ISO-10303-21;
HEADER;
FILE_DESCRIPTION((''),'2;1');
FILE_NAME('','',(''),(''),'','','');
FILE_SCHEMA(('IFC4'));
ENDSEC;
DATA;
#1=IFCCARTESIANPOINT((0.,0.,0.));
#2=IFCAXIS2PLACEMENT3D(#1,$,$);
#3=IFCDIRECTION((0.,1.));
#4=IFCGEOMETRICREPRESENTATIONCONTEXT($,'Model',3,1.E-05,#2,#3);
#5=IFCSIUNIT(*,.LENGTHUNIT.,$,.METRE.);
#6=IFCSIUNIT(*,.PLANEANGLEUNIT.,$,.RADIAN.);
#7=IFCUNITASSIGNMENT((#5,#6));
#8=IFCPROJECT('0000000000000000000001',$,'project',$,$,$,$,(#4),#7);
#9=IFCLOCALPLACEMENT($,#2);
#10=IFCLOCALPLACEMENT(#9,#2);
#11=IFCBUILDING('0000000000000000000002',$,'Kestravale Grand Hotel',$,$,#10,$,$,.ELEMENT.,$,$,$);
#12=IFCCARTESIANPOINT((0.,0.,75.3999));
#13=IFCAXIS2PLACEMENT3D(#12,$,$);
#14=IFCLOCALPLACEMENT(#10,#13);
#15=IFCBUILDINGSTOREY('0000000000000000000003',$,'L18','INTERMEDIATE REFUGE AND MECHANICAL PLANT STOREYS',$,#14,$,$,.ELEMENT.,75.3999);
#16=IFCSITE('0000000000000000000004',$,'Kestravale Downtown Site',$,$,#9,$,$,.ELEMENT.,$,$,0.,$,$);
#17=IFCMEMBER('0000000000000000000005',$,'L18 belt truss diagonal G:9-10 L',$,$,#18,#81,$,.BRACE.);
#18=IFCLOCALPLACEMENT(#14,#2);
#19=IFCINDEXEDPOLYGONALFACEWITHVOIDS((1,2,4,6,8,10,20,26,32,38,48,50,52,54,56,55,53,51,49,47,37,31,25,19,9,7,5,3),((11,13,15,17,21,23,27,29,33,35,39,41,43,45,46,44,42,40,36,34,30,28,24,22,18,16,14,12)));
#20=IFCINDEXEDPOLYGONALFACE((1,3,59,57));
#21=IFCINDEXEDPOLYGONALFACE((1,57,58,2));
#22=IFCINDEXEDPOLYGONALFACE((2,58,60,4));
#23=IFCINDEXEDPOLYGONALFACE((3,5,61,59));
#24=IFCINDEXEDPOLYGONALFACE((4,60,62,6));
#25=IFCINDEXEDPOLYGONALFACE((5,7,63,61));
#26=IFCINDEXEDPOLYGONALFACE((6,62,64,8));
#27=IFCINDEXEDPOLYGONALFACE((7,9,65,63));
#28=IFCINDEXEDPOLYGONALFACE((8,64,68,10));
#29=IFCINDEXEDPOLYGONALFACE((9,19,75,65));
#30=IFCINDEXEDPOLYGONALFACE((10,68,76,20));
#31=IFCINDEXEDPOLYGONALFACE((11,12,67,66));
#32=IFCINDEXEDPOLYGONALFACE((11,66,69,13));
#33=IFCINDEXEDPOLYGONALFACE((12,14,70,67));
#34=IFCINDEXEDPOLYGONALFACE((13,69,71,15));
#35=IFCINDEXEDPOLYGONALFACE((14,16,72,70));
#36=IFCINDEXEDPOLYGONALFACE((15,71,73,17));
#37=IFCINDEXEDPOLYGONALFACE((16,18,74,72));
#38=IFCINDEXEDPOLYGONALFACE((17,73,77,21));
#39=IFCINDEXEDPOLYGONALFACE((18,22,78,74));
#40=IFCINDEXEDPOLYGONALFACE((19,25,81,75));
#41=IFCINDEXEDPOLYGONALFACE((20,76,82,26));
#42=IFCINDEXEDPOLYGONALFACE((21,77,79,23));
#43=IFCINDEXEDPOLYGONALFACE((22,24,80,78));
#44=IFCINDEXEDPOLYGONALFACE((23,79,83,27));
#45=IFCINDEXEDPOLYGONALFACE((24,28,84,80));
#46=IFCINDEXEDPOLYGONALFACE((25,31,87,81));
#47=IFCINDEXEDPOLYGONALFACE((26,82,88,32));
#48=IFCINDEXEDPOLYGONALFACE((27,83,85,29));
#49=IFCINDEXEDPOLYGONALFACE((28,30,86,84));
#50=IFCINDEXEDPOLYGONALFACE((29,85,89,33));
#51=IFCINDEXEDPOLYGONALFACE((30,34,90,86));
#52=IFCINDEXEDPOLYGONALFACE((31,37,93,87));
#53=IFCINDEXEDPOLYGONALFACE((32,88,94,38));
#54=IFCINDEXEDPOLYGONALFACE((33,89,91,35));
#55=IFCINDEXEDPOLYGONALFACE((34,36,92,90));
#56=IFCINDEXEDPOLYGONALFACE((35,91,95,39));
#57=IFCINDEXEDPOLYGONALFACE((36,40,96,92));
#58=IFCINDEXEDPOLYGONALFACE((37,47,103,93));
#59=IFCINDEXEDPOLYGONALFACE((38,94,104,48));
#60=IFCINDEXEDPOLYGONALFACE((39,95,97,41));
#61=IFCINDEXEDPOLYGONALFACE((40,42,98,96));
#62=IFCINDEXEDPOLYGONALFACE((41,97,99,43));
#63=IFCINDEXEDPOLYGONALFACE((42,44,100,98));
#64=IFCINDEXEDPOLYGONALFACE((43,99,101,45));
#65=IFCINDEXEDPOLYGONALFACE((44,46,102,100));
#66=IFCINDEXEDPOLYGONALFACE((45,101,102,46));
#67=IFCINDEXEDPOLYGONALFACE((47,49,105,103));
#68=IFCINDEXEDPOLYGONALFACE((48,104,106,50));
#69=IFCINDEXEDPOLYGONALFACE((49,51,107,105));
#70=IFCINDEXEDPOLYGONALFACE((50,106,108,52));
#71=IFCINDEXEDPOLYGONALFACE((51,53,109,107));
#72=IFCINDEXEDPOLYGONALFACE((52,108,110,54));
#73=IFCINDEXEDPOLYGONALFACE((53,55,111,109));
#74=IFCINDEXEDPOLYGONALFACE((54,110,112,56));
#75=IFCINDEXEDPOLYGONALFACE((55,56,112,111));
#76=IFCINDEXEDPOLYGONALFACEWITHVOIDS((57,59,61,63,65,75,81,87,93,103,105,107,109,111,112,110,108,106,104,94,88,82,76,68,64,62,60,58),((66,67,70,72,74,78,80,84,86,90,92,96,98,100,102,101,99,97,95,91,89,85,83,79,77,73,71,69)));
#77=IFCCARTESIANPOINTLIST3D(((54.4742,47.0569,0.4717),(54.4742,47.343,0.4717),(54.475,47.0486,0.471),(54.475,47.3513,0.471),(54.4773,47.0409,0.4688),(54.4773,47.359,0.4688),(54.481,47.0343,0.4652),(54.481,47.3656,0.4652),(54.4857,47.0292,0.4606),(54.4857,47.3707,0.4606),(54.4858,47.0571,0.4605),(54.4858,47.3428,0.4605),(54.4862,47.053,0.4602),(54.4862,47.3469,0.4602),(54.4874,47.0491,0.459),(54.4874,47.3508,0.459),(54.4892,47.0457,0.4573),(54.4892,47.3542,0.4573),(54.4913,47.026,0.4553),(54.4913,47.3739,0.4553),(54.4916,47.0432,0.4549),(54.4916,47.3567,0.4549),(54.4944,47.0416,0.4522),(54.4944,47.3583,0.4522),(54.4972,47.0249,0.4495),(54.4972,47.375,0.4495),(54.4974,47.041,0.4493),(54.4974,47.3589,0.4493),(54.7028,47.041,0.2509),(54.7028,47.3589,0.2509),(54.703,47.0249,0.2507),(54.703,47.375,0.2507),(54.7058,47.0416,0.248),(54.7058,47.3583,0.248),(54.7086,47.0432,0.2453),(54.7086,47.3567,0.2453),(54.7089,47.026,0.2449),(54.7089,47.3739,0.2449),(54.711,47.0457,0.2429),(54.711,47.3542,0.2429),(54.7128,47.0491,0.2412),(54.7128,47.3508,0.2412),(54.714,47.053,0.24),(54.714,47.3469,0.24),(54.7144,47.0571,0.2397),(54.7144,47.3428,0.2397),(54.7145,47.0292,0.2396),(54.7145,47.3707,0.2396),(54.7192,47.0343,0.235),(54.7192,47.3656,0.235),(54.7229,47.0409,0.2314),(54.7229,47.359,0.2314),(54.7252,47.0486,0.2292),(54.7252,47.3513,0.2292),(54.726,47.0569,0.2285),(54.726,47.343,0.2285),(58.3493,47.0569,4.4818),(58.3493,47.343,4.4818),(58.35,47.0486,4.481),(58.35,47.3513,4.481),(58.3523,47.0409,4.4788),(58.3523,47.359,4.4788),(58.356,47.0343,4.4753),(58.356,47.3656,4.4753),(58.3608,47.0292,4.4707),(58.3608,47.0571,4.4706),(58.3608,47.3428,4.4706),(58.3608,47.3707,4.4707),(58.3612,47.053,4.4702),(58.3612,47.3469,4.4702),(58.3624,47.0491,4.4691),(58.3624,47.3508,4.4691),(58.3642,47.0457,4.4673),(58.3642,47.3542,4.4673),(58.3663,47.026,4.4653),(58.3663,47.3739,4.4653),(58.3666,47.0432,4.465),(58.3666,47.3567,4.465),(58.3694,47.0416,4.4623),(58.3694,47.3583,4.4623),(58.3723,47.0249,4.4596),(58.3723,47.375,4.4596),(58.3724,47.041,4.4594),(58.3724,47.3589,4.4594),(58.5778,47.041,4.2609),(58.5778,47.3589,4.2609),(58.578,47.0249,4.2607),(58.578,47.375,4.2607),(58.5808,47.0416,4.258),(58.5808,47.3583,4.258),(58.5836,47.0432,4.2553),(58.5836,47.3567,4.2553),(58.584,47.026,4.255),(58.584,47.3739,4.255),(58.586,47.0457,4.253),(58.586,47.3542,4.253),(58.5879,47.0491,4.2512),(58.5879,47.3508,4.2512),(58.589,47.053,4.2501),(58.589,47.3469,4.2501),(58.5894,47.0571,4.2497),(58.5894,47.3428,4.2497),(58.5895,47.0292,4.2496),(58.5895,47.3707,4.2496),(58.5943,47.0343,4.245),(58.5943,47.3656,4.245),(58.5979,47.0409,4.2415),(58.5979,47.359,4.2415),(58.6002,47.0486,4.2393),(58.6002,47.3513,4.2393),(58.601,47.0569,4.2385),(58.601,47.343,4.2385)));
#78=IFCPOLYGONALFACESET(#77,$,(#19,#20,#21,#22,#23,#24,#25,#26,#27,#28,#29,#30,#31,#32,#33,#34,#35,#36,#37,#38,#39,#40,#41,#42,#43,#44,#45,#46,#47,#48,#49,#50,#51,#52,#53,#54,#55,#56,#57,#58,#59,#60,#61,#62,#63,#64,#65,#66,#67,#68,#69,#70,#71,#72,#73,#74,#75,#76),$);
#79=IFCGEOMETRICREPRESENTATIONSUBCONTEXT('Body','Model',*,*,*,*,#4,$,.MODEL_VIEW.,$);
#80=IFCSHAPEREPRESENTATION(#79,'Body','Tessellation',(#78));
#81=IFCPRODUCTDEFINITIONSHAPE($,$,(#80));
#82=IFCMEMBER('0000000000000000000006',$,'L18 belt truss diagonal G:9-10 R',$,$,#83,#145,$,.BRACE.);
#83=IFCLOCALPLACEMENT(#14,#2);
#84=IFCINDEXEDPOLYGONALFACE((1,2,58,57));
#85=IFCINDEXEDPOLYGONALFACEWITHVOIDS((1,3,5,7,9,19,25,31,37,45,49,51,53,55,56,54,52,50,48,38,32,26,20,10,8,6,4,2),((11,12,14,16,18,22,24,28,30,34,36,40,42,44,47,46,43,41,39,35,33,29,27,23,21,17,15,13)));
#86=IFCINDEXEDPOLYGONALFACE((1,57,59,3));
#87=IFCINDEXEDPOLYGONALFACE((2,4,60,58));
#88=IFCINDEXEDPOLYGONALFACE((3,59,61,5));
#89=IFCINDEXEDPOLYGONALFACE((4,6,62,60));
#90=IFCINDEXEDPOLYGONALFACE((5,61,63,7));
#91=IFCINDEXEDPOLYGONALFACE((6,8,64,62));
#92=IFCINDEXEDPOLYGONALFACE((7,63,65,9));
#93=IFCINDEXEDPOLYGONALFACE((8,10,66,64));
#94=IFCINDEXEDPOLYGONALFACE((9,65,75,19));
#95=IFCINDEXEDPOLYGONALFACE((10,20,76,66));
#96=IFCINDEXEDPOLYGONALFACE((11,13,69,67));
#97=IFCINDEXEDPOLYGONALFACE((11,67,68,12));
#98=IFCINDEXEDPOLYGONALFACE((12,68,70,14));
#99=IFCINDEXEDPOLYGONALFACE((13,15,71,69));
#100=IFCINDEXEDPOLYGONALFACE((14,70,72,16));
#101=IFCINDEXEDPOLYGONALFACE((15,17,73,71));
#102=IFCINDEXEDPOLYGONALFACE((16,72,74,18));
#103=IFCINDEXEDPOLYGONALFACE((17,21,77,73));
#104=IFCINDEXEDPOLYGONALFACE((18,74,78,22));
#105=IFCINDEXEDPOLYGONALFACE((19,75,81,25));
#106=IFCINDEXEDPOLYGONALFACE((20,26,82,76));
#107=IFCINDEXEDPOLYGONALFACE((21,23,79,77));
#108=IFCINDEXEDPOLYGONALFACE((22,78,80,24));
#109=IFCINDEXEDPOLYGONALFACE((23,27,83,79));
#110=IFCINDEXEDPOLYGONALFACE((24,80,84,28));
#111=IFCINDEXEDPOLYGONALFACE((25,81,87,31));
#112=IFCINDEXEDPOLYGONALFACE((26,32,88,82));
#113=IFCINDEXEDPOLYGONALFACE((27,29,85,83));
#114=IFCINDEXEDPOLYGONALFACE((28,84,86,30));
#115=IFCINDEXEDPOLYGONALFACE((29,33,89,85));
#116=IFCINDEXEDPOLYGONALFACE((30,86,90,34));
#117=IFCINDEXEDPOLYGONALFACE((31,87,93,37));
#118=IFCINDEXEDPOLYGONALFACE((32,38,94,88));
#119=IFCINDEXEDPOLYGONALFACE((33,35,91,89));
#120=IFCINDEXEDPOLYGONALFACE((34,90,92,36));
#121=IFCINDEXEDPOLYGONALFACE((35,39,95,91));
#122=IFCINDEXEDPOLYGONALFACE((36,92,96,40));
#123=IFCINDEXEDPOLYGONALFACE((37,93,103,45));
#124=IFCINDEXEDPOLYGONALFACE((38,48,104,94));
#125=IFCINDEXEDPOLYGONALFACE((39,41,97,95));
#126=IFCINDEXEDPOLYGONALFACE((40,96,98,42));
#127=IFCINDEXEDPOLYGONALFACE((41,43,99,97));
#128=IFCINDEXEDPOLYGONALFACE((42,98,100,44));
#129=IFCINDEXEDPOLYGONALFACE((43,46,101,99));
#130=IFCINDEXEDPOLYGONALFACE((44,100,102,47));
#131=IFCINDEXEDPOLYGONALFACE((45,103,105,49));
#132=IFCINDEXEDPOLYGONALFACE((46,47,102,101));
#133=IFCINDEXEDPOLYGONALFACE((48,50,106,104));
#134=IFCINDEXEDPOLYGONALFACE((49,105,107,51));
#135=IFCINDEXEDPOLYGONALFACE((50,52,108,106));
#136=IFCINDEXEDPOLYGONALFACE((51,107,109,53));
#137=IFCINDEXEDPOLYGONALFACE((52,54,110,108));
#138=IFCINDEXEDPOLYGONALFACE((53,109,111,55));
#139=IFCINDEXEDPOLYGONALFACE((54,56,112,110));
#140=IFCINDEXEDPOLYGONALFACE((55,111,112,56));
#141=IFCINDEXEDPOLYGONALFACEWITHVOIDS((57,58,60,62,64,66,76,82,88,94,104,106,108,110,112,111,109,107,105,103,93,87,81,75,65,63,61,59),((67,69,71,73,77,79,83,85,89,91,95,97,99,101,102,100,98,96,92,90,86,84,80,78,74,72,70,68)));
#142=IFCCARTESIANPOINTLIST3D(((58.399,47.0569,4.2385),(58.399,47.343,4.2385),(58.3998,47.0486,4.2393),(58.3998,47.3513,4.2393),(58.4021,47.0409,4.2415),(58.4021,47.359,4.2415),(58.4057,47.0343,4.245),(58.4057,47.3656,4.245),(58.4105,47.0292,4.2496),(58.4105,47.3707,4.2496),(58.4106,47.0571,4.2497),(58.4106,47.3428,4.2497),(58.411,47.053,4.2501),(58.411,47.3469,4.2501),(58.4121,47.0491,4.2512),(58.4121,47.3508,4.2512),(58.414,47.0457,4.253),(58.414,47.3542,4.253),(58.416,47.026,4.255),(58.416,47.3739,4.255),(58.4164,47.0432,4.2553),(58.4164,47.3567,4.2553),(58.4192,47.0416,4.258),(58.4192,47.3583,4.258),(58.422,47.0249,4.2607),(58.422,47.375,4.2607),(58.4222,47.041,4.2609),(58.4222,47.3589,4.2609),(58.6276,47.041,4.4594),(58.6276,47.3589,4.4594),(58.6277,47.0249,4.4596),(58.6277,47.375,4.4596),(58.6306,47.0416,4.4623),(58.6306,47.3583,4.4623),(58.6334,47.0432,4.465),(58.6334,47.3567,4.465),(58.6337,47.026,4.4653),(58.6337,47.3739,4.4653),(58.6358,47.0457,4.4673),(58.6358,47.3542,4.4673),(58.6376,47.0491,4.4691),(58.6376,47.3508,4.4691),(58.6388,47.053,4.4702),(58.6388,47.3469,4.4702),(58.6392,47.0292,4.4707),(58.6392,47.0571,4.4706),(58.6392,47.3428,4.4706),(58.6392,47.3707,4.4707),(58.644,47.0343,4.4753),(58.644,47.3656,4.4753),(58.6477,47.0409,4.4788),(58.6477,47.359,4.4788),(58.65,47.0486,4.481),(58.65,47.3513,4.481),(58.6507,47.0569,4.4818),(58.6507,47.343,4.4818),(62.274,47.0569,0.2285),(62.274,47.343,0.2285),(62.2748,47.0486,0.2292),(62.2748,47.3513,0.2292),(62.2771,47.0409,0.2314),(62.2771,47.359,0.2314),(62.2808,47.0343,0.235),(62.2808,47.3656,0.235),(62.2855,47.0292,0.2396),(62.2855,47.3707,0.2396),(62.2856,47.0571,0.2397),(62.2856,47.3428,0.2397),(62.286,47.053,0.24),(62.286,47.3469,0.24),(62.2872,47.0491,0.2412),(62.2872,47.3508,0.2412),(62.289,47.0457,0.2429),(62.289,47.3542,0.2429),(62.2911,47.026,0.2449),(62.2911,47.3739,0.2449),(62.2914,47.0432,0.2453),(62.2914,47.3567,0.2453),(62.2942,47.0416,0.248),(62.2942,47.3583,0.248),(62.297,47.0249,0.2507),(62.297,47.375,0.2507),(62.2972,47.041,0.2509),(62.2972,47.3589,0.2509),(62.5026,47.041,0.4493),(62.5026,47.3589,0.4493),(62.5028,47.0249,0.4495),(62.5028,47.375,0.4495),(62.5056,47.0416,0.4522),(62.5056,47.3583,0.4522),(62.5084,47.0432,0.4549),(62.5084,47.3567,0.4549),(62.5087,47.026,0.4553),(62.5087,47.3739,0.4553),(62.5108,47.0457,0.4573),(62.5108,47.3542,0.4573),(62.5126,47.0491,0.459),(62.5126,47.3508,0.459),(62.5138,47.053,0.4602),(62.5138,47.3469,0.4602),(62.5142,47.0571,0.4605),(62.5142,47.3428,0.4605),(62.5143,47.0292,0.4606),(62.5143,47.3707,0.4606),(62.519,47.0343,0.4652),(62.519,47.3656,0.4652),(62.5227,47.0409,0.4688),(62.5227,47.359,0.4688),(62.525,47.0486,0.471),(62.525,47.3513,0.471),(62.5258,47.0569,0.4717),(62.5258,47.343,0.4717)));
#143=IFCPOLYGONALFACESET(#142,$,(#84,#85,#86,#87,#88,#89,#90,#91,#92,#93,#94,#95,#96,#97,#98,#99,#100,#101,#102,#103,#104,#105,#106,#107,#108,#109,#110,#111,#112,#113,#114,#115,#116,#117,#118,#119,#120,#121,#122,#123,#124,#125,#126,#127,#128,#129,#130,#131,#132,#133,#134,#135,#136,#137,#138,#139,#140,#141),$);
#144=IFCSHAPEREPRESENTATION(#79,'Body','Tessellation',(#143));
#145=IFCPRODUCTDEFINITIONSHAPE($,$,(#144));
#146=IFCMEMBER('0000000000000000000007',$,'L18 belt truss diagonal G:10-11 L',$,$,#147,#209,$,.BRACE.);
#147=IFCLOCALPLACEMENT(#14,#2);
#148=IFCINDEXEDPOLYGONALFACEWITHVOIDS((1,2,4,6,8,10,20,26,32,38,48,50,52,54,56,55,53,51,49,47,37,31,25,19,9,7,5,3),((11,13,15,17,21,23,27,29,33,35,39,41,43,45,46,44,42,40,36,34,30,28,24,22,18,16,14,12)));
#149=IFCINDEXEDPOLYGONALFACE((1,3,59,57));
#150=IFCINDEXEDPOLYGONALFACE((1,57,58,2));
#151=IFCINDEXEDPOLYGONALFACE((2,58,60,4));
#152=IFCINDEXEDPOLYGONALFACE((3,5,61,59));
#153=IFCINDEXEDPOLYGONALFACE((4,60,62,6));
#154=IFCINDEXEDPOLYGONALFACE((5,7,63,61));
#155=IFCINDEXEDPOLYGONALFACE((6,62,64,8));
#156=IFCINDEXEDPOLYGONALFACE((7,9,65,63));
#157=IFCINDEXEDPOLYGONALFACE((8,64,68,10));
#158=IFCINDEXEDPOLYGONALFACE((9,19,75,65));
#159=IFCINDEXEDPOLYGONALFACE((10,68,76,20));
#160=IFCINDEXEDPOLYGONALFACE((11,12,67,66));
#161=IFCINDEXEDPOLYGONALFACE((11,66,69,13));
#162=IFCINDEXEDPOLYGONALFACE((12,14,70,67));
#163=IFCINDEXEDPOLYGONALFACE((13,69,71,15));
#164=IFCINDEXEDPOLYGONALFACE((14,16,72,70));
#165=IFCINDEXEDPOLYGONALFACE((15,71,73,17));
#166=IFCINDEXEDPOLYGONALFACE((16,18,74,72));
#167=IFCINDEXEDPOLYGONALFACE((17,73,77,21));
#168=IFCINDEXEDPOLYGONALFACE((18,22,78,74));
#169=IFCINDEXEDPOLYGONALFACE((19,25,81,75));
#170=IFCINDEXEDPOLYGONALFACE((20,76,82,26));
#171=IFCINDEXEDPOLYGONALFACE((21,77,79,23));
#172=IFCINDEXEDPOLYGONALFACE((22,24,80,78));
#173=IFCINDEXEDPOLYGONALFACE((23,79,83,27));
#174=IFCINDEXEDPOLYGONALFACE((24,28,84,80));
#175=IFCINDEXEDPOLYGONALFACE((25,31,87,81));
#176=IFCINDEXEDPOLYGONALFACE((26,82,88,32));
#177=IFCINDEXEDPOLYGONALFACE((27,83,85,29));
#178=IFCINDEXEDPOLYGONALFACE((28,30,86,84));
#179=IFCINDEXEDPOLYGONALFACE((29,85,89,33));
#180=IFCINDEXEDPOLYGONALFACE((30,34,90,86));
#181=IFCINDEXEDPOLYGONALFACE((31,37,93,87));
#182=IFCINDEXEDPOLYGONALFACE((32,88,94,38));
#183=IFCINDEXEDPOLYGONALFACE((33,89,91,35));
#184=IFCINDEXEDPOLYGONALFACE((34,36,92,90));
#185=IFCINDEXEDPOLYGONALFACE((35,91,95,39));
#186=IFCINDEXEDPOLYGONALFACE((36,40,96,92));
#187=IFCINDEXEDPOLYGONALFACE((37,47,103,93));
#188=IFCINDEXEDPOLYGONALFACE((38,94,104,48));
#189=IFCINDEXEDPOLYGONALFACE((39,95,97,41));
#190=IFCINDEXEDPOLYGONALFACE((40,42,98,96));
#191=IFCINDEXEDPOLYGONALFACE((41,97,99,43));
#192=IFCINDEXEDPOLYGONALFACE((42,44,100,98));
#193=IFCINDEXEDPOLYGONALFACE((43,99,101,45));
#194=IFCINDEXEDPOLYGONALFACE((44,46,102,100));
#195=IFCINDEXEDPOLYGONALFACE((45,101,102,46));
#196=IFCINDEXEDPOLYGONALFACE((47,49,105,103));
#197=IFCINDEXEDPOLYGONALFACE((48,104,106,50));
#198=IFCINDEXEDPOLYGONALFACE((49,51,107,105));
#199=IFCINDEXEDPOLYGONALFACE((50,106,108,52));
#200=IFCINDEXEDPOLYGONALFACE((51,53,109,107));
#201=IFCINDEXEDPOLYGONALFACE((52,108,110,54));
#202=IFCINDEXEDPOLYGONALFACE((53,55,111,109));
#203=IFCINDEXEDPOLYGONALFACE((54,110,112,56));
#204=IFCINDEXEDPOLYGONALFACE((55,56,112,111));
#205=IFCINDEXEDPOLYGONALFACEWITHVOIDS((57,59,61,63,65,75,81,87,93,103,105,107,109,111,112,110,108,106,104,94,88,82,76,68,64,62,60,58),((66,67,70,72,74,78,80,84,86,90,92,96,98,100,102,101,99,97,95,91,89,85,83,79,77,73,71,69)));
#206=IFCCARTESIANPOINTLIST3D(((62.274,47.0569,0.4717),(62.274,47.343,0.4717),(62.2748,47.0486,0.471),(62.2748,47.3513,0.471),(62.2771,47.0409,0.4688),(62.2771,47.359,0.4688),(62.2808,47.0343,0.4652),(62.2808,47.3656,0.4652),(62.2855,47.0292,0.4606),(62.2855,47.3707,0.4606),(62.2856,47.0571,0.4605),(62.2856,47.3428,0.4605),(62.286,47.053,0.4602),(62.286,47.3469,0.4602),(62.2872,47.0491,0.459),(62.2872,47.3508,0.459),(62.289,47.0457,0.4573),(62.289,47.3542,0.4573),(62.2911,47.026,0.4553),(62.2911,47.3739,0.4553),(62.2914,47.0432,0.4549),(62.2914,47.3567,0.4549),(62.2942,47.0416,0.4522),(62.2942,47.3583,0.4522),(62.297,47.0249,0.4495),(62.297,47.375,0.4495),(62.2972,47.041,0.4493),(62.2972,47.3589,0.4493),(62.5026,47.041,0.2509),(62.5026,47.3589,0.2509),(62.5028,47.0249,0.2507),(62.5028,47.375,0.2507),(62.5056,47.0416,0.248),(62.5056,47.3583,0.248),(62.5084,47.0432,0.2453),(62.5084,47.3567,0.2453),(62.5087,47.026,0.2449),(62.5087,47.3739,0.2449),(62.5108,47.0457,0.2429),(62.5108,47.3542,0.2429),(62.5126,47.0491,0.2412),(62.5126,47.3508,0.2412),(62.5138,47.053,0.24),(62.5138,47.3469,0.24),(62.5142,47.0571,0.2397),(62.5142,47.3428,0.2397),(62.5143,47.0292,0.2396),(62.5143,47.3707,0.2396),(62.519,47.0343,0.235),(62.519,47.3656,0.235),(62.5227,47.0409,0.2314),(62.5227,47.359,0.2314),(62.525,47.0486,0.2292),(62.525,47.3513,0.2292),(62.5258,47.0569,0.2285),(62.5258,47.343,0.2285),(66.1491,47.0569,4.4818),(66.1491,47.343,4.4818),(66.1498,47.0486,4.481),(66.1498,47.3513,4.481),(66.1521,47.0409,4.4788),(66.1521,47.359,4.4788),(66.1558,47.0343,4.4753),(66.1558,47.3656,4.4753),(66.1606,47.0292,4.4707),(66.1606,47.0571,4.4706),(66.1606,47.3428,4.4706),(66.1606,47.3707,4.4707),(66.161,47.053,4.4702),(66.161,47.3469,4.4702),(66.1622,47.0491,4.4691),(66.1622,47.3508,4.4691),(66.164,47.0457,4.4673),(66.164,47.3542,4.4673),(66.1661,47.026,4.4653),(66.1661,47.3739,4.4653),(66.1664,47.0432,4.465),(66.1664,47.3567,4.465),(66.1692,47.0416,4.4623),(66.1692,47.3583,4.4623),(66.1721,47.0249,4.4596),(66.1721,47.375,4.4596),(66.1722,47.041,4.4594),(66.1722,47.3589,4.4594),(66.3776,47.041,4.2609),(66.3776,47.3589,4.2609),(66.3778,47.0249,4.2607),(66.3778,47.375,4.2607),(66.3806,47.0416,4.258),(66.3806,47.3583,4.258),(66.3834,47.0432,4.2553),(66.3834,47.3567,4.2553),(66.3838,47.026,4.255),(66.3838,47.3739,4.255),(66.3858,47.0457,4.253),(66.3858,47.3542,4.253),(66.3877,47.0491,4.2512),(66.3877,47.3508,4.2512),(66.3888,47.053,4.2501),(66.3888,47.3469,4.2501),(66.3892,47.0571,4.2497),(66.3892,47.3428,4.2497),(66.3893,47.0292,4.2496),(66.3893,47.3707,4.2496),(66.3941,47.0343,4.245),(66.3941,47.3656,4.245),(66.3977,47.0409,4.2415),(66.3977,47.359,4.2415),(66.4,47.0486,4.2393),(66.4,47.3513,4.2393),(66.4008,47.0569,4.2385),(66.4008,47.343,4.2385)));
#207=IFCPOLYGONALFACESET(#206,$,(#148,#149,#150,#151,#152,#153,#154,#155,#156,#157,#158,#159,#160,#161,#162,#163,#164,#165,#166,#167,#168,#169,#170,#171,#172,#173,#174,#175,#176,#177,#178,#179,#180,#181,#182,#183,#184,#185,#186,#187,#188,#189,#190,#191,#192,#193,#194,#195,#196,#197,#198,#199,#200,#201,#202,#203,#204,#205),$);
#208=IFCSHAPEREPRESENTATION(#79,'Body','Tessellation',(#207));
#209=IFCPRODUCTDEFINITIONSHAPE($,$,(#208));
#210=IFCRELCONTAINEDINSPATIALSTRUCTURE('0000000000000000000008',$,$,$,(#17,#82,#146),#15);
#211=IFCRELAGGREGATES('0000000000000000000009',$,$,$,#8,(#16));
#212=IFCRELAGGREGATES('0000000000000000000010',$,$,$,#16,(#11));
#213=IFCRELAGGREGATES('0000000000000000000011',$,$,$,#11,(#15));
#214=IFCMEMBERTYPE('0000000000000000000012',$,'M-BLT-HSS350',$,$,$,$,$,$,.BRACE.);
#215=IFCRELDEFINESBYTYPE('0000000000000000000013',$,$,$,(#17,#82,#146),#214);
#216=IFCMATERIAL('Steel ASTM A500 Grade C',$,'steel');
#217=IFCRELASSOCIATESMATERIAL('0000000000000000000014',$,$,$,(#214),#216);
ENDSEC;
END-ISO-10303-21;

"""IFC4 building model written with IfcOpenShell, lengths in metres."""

from ifc_helpers import new_model, si_unit, direction, frame, origin, origin_2d, place, context, subcontext, project, spatial, hollow_rectangle, extrude, material, material_profile, profile_set, type_object, element, save


model = new_model("IFC4")

# Units and contexts
model_context = context("Model", 3, precision=1e-05, world=origin(), true_north=direction((0.0, 1.0)))
body_context = subcontext(model_context, "Body", "Model", "MODEL_VIEW")
ifc_project = project(units=[si_unit("LENGTHUNIT", "METRE"), si_unit("PLANEANGLEUNIT", "RADIAN")], contexts=[model_context])

# Site, building, storey
site_placement = place(None, origin())
site = spatial("IfcSite", under=ifc_project, at=site_placement, Name="Kestravale Downtown Site", CompositionType="ELEMENT", RefElevation=0.0)
building_placement = place(site_placement, origin())
building = spatial("IfcBuilding", under=site, at=building_placement, Name="Kestravale Grand Hotel", CompositionType="ELEMENT")
storey_placement = place(building_placement, frame((0.0, 0.0, 75.3999)))
storey = spatial("IfcBuildingStorey", under=building, at=storey_placement, Name="L18", Description="INTERMEDIATE REFUGE AND MECHANICAL PLANT STOREYS", CompositionType="ELEMENT", Elevation=75.3999)

# Members
ifc_material_1 = material(Name="Steel ASTM A500 Grade C", Category="steel")
ifc_material_profile_1 = material_profile(ifc_material_1, hollow_rectangle(XDim=0.3501, YDim=0.3501, WallThickness=0.0161, InnerFilletRadius=0.0161, OuterFilletRadius=0.032, at=origin_2d()))
ifc_profile_set_1 = profile_set([ifc_material_profile_1], Name="Steel ASTM A500 Grade C")
member_type_1 = type_object("IfcMemberType", Name="M-BLT-HSS350", PredefinedType="BRACE", material=ifc_profile_set_1)
for number, where, z_axis, x_axis, name in (
    (1, (54.6001, 47.2, 0.3501), (0.694898, 0.0, 0.719109), (0.0, 1.0, 0.0), "L18 belt truss diagonal G:9-10 L"),
    (2, (62.3999, 47.2, 0.3501), (-0.694898, 0.0, 0.719109), (0.0, -1.0, 0.0), "L18 belt truss diagonal G:9-10 R"),
    (3, (62.3999, 47.2, 0.3501), (0.694898, 0.0, 0.719109), (0.0, 1.0, 0.0), "L18 belt truss diagonal G:10-11 L"),
):
    element("IfcMember", number, at=place(storey_placement, frame(where, z_axis=z_axis, x_axis=x_axis)), inside=storey, type_object=member_type_1, Name=name, PredefinedType="BRACE", context=body_context, shape_type="SweptSolid", body=[
        extrude(hollow_rectangle(XDim=0.3501, YDim=0.3501, WallThickness=0.0161, InnerFilletRadius=0.0161, OuterFilletRadius=0.032, at=origin_2d()), origin(), (0.0, 0.0, 1.0), 5.5764),
    ])

save(model, "model.ifc")
